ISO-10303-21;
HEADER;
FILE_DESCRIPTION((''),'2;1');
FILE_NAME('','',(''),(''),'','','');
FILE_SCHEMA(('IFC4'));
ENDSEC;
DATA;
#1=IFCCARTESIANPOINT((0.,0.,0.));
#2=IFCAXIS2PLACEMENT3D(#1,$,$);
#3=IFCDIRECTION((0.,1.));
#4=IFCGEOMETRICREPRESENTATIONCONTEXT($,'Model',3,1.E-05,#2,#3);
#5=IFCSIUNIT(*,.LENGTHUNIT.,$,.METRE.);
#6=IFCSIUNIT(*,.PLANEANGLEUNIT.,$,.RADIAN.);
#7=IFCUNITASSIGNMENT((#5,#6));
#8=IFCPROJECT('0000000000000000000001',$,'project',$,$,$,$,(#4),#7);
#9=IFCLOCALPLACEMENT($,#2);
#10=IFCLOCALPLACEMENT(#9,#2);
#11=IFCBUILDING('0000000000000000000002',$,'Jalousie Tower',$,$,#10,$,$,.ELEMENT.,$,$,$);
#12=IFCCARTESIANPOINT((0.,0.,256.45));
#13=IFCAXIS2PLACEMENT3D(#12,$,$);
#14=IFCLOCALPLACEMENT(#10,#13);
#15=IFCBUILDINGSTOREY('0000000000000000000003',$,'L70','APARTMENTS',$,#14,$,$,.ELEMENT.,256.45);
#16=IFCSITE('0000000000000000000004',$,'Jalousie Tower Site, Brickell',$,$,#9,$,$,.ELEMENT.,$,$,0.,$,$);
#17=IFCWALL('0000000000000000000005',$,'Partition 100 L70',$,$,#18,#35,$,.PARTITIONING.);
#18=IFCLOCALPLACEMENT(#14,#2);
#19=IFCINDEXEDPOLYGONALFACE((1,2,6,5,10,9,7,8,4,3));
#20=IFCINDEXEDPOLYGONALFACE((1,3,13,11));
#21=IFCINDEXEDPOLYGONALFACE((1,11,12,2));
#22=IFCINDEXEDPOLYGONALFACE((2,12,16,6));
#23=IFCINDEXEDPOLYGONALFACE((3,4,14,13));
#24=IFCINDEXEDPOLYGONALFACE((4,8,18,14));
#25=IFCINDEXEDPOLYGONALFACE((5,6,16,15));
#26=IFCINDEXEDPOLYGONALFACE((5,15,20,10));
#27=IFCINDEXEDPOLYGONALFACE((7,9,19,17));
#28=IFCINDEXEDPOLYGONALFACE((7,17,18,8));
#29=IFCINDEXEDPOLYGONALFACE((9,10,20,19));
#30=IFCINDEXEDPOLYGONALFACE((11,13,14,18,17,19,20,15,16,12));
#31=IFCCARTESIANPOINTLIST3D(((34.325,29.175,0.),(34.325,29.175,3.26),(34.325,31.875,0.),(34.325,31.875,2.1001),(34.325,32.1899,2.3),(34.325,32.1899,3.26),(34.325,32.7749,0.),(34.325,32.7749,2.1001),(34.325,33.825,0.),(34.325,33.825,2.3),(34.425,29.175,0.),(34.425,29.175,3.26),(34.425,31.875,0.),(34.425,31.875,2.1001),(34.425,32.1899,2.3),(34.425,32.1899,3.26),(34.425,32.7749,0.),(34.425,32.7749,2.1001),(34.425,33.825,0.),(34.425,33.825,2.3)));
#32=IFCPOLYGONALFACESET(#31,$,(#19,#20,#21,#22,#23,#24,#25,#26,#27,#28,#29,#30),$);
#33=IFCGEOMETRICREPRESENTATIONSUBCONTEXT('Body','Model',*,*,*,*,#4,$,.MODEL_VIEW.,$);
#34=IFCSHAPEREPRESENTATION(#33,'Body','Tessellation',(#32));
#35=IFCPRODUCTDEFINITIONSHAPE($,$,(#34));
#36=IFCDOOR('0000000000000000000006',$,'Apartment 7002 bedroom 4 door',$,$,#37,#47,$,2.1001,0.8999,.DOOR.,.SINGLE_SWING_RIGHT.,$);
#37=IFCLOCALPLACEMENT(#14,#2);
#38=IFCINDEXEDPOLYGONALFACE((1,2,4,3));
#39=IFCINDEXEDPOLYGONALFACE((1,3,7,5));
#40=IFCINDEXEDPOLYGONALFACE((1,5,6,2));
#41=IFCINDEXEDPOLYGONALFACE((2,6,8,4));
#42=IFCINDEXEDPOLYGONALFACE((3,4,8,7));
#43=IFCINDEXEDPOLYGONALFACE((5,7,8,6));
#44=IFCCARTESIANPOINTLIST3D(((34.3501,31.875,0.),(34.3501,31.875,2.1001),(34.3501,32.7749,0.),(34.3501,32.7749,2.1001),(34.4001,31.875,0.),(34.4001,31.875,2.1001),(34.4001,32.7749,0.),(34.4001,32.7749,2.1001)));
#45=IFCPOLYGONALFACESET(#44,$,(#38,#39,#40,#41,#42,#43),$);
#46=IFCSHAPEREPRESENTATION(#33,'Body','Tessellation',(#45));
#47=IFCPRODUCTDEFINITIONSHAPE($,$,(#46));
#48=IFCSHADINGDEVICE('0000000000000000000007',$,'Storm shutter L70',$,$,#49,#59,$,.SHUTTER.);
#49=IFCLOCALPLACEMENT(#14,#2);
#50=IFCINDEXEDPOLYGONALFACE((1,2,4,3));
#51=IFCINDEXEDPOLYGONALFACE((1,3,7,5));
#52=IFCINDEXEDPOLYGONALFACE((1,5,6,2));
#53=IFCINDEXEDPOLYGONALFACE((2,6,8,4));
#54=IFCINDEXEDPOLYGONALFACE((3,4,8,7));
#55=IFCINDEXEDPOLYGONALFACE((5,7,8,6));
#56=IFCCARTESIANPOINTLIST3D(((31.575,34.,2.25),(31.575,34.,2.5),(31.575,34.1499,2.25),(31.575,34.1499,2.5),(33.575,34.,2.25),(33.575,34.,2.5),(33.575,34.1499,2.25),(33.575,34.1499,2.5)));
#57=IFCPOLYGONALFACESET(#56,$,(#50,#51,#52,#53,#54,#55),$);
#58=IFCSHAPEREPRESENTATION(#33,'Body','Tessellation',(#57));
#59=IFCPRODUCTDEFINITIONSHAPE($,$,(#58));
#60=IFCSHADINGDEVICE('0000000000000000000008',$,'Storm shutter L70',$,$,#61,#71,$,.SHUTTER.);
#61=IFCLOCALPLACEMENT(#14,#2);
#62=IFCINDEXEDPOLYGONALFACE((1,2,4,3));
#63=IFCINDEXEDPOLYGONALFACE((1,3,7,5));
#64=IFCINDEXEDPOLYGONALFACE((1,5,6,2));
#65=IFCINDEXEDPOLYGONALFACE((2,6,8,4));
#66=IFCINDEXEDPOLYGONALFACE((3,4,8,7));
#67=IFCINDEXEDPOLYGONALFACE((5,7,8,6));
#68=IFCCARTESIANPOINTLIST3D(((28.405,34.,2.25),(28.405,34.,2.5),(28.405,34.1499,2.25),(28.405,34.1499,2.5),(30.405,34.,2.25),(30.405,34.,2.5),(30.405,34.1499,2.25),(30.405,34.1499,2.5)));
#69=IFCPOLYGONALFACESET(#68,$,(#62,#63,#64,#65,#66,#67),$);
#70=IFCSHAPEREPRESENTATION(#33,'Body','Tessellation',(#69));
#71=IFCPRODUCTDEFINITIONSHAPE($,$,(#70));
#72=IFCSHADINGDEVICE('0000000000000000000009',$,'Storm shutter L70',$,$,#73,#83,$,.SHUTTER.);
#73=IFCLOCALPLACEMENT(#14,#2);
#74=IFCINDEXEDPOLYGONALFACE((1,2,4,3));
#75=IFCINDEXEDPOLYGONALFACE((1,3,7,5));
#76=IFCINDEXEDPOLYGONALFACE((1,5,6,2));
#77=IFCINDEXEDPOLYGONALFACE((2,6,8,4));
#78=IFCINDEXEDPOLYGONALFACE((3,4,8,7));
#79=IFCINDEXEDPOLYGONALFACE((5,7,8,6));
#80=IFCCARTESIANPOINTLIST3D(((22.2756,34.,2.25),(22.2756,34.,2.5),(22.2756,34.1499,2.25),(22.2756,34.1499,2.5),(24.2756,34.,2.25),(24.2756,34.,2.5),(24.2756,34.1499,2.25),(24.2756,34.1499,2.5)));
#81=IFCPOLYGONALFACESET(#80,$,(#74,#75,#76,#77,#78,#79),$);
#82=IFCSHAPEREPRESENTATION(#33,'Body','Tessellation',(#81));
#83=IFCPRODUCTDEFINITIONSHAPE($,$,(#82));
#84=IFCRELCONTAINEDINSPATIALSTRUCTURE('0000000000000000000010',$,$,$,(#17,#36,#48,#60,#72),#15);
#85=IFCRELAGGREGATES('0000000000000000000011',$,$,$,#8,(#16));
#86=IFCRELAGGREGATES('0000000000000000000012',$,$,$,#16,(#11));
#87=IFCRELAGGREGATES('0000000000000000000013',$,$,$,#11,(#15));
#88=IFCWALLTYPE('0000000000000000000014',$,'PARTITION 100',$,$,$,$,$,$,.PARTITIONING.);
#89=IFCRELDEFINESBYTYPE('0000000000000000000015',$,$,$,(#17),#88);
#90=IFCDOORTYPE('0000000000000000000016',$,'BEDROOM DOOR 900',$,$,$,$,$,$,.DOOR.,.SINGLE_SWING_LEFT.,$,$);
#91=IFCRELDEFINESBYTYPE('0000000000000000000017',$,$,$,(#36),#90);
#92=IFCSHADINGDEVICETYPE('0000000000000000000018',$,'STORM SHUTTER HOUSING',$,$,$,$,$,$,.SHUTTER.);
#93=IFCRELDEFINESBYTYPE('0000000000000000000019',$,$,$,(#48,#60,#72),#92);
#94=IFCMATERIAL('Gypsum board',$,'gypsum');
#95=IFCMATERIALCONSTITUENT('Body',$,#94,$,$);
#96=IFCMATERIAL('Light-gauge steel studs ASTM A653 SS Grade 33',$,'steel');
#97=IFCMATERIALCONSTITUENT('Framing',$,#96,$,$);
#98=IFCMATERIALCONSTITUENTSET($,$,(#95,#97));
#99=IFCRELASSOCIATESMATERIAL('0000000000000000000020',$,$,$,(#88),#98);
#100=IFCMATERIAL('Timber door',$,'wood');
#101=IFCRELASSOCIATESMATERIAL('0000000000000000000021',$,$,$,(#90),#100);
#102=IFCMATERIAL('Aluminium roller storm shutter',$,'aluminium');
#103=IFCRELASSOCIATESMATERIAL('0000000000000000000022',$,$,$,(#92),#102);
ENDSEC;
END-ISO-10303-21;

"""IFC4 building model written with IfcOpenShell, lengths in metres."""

from ifc_helpers import new_model, si_unit, direction, frame, frame_2d, origin, origin_2d, place, context, subcontext, project, spatial, polyline, rectangle, outline, extrude, material, constituent, constituent_set, type_object, element, fill, save


model = new_model("IFC4")

# Units and contexts
model_context = context("Model", 3, precision=1e-05, world=origin(), true_north=direction((0.0, 1.0)))
body_context = subcontext(model_context, "Body", "Model", "MODEL_VIEW")
ifc_project = project(units=[si_unit("LENGTHUNIT", "METRE"), si_unit("PLANEANGLEUNIT", "RADIAN")], contexts=[model_context])

# Site, building, storey
site_placement = place(None, origin())
site = spatial("IfcSite", under=ifc_project, at=site_placement, Name="Jalousie Tower Site, Brickell", CompositionType="ELEMENT", RefElevation=0.0)
building_placement = place(site_placement, origin())
building = spatial("IfcBuilding", under=site, at=building_placement, Name="Jalousie Tower", CompositionType="ELEMENT")
storey_placement = place(building_placement, frame((0.0, 0.0, 256.45)))
storey = spatial("IfcBuildingStorey", under=building, at=storey_placement, Name="L70", Description="APARTMENTS", CompositionType="ELEMENT", Elevation=256.45)

# Wall, opening, door
ifc_material_1 = material(Name="Gypsum board", Category="gypsum")
ifc_constituent_1 = constituent(ifc_material_1, Name="Body")
ifc_material_2 = material(Name="Light-gauge steel studs ASTM A653 SS Grade 33", Category="steel")
ifc_constituent_2 = constituent(ifc_material_2, Name="Framing")
ifc_constituent_set = constituent_set(constituents=[ifc_constituent_1, ifc_constituent_2])
wall_type = type_object("IfcWallType", Name="PARTITION 100", PredefinedType="PARTITIONING", material=ifc_constituent_set)
ifc_material_3 = material(Name="Timber door", Category="wood")
door_type = type_object("IfcDoorType", Name="BEDROOM DOOR 900", OperationType="SINGLE_SWING_LEFT", PredefinedType="DOOR", material=ifc_material_3)
wall_1_placement = place(storey_placement, frame((34.375, 33.825, 0.0), z_axis=(0.0, 0.0, 1.0), x_axis=(0.0, -1.0, 0.0)))
wall_1 = element("IfcWall", 1, at=wall_1_placement, inside=storey, type_object=wall_type, Name="Partition 100 L70", PredefinedType="PARTITIONING", context=body_context, shape_type="SweptSolid", body=[
    extrude(outline(polyline([(0.0, 0.0), (4.6499, 0.0), (4.6499, 3.26), (1.635, 3.26), (1.635, 2.3), (0.0, 2.3), (0.0, 3.26), (0.0, 0.0)])), frame((0.0, 0.05, 0.0), z_axis=(0.0, -1.0, 0.0), x_axis=(1.0, 0.0, 0.0)), (0.0, 0.0, 1.0), 0.1001),
])
opening_1_placement = place(wall_1_placement, frame((1.05, 0.0, 0.0)))
opening_1 = element("IfcOpeningElement", 2, at=opening_1_placement, cuts=wall_1, PredefinedType="OPENING", context=body_context, shape_type="SweptSolid", body=[
    extrude(rectangle(XDim=0.8999, YDim=2.1001, at=frame_2d((0.45, 1.05))), frame((0.0, 0.0601, 0.0), z_axis=(0.0, -1.0, 0.0), x_axis=(1.0, 0.0, 0.0)), (0.0, 0.0, 1.0), 0.1201),
])
door_1_placement = place(opening_1_placement, frame((0.8999, 0.0, 0.0), z_axis=(0.0, 0.0, 1.0), x_axis=(-1.0, 0.0, 0.0)))
door_1 = element("IfcDoor", 3, at=door_1_placement, inside=storey, type_object=door_type, Name="Apartment 7002 bedroom 4 door", OperationType="SINGLE_SWING_RIGHT", OverallHeight=2.1001, OverallWidth=0.8999, PredefinedType="DOOR", context=body_context, shape_type="SweptSolid", body=[
    extrude(rectangle(XDim=0.8999, YDim=2.1001, at=frame_2d((0.45, 1.05))), frame((0.0, 0.0249, 0.0), z_axis=(0.0, -1.0, 0.0), x_axis=(1.0, 0.0, 0.0)), (0.0, 0.0, 1.0), 0.05),
])
fill(opening_1, door_1)

# Shading devices
ifc_material_4 = material(Name="Aluminium roller storm shutter", Category="aluminium")
shading_device_type = type_object("IfcShadingDeviceType", Name="STORM SHUTTER HOUSING", PredefinedType="SHUTTER", material=ifc_material_4)
for number, where, z_axis, x_axis, name in (
    (4, (32.575, 34.075, 2.25), (0.0, 0.0, 1.0), (-1.0, 0.0, 0.0), "Storm shutter L70"),
    (5, (29.405, 34.075, 2.25), (0.0, 0.0, 1.0), (-1.0, 0.0, 0.0), "Storm shutter L70"),
    (6, (23.2756, 34.075, 2.25), (0.0, 0.0, 1.0), (-1.0, 0.0, 0.0), "Storm shutter L70"),
):
    element("IfcShadingDevice", number, at=place(storey_placement, frame(where, z_axis=z_axis, x_axis=x_axis)), inside=storey, type_object=shading_device_type, Name=name, PredefinedType="SHUTTER", context=body_context, shape_type="SweptSolid", body=[
        extrude(rectangle(XDim=2.0, YDim=0.1499, at=origin_2d()), origin(), (0.0, 0.0, 1.0), 0.25),
    ])

save(model, "model.ifc")
